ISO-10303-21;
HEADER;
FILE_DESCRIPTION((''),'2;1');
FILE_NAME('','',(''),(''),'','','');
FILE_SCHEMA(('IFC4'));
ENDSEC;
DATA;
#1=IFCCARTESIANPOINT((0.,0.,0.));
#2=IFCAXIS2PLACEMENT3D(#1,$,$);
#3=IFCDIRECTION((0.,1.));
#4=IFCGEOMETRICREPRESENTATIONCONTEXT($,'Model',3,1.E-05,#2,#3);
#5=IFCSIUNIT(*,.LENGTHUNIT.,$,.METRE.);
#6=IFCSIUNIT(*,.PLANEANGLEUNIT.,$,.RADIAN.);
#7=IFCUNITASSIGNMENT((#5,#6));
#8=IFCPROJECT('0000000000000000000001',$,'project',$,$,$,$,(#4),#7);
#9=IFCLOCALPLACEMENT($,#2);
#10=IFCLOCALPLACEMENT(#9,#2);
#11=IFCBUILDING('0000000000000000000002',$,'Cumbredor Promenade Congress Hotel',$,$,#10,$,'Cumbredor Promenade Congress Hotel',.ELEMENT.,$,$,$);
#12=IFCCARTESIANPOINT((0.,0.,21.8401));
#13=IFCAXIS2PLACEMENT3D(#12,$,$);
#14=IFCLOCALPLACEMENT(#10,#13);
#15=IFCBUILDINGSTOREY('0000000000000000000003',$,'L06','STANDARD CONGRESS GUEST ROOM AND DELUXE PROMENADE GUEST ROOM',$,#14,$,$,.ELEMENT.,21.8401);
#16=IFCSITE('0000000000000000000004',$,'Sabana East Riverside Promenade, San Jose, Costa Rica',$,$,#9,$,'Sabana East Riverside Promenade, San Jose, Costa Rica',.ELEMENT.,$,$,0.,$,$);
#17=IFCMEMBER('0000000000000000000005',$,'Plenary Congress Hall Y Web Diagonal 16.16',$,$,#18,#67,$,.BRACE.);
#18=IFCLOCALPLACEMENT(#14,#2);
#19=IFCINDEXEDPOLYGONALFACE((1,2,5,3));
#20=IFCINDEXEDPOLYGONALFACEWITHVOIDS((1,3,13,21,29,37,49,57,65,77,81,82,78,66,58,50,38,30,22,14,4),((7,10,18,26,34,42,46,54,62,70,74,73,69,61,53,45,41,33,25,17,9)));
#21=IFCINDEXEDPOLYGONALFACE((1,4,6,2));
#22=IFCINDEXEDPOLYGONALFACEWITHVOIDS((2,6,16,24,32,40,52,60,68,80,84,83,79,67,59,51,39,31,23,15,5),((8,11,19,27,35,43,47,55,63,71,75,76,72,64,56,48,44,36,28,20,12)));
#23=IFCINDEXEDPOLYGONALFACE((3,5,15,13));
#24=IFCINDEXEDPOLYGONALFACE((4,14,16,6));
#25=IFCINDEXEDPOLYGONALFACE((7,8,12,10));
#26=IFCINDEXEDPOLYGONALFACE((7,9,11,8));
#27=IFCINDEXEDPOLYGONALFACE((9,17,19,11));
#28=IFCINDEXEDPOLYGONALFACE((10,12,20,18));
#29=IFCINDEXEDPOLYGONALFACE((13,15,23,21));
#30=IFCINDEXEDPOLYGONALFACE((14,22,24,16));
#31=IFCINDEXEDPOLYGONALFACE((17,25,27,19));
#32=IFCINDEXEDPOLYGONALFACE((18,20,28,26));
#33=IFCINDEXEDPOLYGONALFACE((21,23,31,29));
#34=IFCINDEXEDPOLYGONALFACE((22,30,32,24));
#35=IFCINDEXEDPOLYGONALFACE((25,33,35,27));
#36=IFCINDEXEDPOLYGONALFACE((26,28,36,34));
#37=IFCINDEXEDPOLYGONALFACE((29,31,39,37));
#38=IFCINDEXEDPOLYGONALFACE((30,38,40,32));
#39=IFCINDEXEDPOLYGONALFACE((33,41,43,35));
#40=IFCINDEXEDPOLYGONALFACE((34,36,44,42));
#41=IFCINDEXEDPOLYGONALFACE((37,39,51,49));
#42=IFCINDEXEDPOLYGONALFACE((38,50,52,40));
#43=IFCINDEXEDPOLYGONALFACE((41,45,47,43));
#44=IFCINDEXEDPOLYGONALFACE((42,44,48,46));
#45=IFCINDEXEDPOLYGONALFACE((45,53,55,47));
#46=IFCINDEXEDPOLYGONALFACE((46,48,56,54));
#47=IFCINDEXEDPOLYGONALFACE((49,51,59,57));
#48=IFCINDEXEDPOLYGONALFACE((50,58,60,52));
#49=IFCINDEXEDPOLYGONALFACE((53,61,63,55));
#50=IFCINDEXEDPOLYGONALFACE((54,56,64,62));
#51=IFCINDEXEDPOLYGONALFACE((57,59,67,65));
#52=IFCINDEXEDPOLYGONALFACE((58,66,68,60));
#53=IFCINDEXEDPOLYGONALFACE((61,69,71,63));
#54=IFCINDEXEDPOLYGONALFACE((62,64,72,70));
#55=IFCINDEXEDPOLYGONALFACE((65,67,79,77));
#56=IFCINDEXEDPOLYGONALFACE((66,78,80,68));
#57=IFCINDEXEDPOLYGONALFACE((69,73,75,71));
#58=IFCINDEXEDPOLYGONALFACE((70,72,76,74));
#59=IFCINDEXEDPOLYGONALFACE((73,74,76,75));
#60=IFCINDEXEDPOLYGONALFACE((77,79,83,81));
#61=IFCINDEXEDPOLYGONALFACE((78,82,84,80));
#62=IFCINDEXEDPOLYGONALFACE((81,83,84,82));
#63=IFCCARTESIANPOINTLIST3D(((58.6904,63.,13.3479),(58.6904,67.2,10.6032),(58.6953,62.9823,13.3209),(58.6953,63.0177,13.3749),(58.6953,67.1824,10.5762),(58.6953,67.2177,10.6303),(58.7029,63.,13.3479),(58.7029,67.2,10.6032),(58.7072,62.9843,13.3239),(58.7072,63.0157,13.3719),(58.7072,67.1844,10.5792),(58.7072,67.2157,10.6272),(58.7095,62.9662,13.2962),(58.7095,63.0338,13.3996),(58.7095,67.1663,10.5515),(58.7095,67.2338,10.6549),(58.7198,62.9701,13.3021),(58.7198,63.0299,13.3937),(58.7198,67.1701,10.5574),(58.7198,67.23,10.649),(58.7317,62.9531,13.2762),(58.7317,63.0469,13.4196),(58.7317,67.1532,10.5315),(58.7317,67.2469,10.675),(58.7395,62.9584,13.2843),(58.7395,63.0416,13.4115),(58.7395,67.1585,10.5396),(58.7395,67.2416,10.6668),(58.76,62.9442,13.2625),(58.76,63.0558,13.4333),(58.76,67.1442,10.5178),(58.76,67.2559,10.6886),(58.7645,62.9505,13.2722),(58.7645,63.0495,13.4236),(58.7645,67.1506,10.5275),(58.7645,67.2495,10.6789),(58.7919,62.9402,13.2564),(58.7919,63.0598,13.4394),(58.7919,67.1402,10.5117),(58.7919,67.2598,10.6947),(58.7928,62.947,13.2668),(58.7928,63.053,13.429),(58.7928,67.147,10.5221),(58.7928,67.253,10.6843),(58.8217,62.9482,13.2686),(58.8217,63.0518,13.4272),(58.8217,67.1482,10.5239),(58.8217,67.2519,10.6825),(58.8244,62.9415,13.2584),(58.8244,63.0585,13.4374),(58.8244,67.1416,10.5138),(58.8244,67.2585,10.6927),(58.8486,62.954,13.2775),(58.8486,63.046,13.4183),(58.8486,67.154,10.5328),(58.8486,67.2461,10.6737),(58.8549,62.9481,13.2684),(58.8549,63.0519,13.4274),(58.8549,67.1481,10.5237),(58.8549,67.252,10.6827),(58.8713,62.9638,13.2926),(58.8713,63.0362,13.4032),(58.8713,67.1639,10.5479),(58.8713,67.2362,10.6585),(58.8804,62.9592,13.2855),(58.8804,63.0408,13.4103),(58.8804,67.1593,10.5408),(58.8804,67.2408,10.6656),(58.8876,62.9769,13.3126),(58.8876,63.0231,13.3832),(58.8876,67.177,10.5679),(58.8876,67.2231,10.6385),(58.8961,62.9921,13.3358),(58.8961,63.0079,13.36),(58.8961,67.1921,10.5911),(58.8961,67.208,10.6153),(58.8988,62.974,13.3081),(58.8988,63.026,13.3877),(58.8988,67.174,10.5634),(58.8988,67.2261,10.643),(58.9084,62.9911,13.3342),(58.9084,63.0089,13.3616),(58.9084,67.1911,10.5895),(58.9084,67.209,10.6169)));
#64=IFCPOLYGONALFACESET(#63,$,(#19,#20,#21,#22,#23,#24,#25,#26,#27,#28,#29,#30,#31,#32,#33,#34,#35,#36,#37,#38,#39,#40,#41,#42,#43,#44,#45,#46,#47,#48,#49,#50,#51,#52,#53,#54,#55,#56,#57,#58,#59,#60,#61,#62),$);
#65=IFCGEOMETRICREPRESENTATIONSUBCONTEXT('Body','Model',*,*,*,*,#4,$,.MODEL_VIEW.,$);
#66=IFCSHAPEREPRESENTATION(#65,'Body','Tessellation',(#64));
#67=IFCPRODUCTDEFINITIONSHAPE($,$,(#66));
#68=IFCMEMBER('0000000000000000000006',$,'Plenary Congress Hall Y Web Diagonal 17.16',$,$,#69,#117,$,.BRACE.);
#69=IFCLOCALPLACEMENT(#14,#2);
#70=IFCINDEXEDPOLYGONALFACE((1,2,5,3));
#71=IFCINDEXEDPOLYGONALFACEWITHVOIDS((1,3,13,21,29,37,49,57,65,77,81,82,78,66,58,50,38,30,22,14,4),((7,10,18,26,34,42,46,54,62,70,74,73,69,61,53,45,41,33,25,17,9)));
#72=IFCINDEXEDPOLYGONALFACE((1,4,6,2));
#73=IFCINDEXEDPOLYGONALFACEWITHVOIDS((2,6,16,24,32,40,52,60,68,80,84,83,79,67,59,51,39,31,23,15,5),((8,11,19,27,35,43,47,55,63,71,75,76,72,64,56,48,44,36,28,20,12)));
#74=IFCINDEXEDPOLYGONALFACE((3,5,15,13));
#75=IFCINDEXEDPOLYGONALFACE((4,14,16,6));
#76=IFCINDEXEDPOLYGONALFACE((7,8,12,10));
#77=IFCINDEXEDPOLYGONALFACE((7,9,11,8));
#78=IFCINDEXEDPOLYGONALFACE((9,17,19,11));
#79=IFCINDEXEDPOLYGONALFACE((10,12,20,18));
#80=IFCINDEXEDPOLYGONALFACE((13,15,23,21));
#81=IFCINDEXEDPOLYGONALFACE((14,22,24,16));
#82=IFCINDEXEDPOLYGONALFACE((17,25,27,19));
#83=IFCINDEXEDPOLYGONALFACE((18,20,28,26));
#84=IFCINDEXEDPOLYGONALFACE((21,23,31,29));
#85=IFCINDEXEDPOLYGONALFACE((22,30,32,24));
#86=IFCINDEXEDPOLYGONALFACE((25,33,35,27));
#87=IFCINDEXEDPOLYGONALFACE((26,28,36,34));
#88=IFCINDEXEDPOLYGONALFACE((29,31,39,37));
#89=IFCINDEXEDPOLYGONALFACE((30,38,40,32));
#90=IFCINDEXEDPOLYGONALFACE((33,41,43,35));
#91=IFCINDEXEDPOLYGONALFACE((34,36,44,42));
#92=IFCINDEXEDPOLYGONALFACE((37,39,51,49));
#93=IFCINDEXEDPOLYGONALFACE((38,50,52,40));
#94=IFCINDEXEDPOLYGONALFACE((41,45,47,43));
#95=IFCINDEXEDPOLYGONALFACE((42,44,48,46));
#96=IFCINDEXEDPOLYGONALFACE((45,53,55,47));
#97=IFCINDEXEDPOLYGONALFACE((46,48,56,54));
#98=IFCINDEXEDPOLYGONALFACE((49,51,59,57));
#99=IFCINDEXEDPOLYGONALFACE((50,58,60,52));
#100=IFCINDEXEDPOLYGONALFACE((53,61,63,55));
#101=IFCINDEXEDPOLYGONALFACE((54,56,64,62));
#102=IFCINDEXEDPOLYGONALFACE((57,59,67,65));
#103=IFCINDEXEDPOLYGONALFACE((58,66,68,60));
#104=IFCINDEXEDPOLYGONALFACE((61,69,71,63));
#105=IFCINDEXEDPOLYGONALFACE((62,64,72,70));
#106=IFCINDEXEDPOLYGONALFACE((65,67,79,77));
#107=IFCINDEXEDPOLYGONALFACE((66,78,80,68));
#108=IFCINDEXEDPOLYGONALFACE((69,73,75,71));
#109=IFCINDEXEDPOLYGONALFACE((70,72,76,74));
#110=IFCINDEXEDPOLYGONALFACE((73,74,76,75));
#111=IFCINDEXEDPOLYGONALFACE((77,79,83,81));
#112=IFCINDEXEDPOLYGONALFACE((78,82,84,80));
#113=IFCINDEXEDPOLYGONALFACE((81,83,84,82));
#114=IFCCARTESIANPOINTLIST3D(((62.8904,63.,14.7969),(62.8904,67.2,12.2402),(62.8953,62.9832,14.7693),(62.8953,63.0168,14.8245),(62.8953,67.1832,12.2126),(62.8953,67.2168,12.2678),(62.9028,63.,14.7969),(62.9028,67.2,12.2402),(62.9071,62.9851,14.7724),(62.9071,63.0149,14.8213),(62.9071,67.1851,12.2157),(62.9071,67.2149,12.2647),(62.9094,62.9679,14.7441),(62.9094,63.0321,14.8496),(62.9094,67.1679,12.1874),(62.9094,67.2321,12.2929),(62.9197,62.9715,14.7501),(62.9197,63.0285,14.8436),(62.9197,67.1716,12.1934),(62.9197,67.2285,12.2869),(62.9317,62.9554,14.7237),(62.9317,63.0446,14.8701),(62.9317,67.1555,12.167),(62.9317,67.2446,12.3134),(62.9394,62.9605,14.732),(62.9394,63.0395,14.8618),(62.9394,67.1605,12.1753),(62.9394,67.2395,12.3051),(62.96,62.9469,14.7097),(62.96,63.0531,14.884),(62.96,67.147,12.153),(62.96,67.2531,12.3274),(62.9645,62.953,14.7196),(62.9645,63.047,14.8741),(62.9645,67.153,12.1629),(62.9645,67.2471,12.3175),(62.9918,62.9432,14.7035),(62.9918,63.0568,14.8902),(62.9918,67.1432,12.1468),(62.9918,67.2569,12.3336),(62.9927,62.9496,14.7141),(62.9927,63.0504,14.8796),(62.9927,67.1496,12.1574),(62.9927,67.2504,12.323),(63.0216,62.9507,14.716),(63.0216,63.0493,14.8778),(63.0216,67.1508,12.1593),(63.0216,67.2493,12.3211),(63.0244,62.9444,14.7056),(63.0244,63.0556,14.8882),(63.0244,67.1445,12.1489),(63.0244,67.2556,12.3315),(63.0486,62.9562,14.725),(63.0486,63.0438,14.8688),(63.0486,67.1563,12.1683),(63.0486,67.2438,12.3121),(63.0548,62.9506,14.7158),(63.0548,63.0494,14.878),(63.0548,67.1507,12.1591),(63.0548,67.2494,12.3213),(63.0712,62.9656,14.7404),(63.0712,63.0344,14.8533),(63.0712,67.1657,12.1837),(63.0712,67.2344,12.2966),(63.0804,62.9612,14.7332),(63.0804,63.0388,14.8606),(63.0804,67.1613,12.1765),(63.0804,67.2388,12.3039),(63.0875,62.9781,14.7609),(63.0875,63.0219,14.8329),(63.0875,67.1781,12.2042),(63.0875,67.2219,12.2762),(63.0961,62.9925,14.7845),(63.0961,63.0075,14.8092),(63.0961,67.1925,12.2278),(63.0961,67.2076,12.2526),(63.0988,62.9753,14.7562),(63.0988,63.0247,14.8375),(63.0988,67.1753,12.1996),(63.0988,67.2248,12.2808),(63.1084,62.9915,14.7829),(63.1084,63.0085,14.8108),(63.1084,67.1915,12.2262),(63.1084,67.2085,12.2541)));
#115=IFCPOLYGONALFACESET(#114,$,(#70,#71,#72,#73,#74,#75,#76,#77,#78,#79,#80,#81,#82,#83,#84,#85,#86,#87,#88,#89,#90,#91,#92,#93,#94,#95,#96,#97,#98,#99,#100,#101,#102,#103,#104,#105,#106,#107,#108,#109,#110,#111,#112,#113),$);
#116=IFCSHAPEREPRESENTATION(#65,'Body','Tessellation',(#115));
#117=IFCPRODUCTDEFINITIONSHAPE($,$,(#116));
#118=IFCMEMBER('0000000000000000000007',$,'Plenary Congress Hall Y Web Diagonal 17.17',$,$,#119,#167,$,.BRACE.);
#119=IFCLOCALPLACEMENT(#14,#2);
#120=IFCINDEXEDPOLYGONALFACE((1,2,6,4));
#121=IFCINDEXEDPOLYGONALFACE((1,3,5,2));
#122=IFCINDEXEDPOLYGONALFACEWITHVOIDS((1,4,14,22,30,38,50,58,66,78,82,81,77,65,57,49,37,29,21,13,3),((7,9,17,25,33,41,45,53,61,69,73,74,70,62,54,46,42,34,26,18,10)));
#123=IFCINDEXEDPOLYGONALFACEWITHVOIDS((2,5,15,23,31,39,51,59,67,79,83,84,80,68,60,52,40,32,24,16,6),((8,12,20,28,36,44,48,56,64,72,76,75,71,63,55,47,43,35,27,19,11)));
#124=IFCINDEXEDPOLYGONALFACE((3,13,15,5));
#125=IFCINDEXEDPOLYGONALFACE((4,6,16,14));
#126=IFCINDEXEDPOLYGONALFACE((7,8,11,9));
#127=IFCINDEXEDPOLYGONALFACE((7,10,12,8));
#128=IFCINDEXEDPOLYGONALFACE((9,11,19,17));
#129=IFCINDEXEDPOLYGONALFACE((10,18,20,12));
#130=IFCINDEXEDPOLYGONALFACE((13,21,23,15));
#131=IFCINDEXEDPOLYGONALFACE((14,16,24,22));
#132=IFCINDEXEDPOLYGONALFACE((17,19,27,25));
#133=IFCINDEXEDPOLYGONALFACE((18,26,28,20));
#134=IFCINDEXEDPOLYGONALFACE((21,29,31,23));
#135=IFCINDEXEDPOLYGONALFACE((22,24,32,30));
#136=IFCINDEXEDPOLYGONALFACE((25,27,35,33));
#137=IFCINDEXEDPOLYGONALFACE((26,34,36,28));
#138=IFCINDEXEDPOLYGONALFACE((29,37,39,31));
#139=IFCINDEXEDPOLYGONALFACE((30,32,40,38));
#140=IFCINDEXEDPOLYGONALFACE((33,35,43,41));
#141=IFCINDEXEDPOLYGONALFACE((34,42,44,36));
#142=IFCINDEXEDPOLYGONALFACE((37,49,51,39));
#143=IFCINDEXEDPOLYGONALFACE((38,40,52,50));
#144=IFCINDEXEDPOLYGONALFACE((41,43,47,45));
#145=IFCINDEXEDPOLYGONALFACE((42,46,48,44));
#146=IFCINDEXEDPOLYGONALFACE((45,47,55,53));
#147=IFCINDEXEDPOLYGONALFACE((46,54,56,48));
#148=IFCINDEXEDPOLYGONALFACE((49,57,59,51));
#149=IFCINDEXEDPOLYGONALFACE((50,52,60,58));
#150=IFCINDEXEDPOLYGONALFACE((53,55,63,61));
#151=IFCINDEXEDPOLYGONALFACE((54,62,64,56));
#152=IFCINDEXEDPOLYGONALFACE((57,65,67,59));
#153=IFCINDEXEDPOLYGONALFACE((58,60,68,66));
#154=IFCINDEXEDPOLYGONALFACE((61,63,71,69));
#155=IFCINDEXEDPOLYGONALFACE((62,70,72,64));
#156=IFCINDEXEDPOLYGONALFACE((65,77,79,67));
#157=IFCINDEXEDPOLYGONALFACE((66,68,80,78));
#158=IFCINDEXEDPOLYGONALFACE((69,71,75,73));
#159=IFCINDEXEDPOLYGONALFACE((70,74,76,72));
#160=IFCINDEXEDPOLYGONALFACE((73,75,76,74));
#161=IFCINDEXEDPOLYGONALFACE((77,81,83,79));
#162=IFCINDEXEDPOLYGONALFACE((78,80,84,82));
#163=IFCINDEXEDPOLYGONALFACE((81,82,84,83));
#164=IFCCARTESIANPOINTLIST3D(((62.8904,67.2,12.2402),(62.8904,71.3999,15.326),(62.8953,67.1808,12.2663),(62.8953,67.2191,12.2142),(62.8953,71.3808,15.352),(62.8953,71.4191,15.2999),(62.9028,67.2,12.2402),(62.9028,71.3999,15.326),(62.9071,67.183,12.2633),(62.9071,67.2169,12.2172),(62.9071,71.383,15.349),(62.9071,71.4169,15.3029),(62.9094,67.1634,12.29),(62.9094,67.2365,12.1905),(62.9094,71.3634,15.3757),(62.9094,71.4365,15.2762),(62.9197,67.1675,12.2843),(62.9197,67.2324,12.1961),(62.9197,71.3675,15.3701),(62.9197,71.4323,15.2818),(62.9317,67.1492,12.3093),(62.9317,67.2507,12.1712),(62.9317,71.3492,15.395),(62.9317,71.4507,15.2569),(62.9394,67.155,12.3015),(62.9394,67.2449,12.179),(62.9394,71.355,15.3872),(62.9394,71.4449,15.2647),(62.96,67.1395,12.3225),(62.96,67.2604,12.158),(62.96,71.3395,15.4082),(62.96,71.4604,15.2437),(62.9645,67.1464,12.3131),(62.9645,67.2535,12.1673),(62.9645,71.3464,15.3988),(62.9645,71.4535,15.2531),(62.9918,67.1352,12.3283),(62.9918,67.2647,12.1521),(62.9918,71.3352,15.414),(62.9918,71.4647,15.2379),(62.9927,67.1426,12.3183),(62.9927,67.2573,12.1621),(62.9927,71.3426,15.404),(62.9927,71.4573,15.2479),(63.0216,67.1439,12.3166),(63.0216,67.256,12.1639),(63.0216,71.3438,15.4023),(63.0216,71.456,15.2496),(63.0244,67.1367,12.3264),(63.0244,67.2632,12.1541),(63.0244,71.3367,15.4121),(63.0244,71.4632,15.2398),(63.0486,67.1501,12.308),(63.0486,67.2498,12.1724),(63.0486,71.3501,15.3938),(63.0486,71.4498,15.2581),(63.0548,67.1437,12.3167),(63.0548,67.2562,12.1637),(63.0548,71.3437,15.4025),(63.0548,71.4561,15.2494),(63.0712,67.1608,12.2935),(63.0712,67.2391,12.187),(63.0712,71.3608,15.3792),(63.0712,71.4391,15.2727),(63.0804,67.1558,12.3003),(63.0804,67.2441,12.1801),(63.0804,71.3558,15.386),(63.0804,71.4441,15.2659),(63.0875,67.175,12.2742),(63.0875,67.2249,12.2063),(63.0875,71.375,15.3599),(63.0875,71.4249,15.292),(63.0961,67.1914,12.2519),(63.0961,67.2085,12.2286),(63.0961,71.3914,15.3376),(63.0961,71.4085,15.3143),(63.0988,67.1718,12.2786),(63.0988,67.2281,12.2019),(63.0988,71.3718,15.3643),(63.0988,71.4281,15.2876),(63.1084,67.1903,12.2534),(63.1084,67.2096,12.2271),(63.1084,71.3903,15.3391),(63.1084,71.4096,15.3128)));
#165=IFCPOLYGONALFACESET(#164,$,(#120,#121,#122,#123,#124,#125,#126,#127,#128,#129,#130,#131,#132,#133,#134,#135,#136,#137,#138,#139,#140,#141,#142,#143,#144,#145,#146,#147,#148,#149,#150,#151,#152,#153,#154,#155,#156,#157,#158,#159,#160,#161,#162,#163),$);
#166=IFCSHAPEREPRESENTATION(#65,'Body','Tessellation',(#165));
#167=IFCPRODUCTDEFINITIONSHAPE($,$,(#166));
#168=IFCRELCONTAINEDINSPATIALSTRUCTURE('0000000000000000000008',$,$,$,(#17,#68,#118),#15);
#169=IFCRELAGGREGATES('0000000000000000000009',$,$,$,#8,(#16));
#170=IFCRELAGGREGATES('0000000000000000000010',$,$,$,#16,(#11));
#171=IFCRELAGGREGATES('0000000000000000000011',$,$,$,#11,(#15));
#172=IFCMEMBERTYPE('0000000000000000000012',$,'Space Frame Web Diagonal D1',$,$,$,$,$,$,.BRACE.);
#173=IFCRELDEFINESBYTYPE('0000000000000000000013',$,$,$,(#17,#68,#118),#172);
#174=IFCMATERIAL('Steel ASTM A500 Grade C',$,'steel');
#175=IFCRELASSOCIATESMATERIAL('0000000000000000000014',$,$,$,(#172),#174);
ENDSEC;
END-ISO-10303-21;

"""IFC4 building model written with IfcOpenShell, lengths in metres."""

from ifc_helpers import new_model, si_unit, direction, frame, origin, origin_2d, place, context, subcontext, project, spatial, hollow_circle, extrude, material, material_profile, profile_set, type_object, element, save


model = new_model("IFC4")

# Units and contexts
model_context = context("Model", 3, precision=1e-05, world=origin(), true_north=direction((0.0, 1.0)))
body_context = subcontext(model_context, "Body", "Model", "MODEL_VIEW")
ifc_project = project(units=[si_unit("LENGTHUNIT", "METRE"), si_unit("PLANEANGLEUNIT", "RADIAN")], contexts=[model_context])

# Site, building, storey
site_placement = place(None, origin())
site = spatial("IfcSite", under=ifc_project, at=site_placement, Name="Sabana East Riverside Promenade, San Jose, Costa Rica", LongName="Sabana East Riverside Promenade, San Jose, Costa Rica", CompositionType="ELEMENT", RefElevation=0.0)
building_placement = place(site_placement, origin())
building = spatial("IfcBuilding", under=site, at=building_placement, Name="Cumbredor Promenade Congress Hotel", LongName="Cumbredor Promenade Congress Hotel", CompositionType="ELEMENT")
storey_placement = place(building_placement, frame((0.0, 0.0, 21.8401)))
storey = spatial("IfcBuildingStorey", under=building, at=storey_placement, Name="L06", Description="STANDARD CONGRESS GUEST ROOM AND DELUXE PROMENADE GUEST ROOM", CompositionType="ELEMENT", Elevation=21.8401)

# Members
ifc_material_1 = material(Name="Steel ASTM A500 Grade C", Category="steel")
ifc_material_profile_1 = material_profile(ifc_material_1, hollow_circle(Radius=0.1096, WallThickness=0.0125, at=origin_2d()), Name="CHS 219.1x12.5")
ifc_profile_set_1 = profile_set([ifc_material_profile_1], Name="Steel ASTM A500 Grade C")
member_type_1 = type_object("IfcMemberType", Name="Space Frame Web Diagonal D1", PredefinedType="BRACE", material=ifc_profile_set_1)
member_1_placement = place(storey_placement, frame((58.8, 63.0, 13.3479), z_axis=(0.0, 0.837106, -0.547041), x_axis=(-1.0, 0.0, 0.0)))
element("IfcMember", 1, at=member_1_placement, inside=storey, type_object=member_type_1, Name="Plenary Congress Hall Y Web Diagonal 16.16", PredefinedType="BRACE", context=body_context, shape_type="SweptSolid", body=[
    extrude(hollow_circle(Radius=0.1096, WallThickness=0.0125, at=origin_2d()), origin(), (0.0, 0.0, 1.0), 5.0173),
])
member_2_placement = place(storey_placement, frame((63.0, 63.0, 14.7969), z_axis=(0.0, 0.854185, -0.519969), x_axis=(-1.0, 0.0, 0.0)))
element("IfcMember", 2, at=member_2_placement, inside=storey, type_object=member_type_1, Name="Plenary Congress Hall Y Web Diagonal 17.16", PredefinedType="BRACE", context=body_context, shape_type="SweptSolid", body=[
    extrude(hollow_circle(Radius=0.1096, WallThickness=0.0125, at=origin_2d()), origin(), (0.0, 0.0, 1.0), 4.917),
])
member_3_placement = place(storey_placement, frame((63.0, 67.2, 12.2402), z_axis=(0.0, 0.80588, 0.592078), x_axis=(-1.0, 0.0, 0.0)))
element("IfcMember", 3, at=member_3_placement, inside=storey, type_object=member_type_1, Name="Plenary Congress Hall Y Web Diagonal 17.17", PredefinedType="BRACE", context=body_context, shape_type="SweptSolid", body=[
    extrude(hollow_circle(Radius=0.1096, WallThickness=0.0125, at=origin_2d()), origin(), (0.0, 0.0, 1.0), 5.2117),
])

save(model, "model.ifc")
